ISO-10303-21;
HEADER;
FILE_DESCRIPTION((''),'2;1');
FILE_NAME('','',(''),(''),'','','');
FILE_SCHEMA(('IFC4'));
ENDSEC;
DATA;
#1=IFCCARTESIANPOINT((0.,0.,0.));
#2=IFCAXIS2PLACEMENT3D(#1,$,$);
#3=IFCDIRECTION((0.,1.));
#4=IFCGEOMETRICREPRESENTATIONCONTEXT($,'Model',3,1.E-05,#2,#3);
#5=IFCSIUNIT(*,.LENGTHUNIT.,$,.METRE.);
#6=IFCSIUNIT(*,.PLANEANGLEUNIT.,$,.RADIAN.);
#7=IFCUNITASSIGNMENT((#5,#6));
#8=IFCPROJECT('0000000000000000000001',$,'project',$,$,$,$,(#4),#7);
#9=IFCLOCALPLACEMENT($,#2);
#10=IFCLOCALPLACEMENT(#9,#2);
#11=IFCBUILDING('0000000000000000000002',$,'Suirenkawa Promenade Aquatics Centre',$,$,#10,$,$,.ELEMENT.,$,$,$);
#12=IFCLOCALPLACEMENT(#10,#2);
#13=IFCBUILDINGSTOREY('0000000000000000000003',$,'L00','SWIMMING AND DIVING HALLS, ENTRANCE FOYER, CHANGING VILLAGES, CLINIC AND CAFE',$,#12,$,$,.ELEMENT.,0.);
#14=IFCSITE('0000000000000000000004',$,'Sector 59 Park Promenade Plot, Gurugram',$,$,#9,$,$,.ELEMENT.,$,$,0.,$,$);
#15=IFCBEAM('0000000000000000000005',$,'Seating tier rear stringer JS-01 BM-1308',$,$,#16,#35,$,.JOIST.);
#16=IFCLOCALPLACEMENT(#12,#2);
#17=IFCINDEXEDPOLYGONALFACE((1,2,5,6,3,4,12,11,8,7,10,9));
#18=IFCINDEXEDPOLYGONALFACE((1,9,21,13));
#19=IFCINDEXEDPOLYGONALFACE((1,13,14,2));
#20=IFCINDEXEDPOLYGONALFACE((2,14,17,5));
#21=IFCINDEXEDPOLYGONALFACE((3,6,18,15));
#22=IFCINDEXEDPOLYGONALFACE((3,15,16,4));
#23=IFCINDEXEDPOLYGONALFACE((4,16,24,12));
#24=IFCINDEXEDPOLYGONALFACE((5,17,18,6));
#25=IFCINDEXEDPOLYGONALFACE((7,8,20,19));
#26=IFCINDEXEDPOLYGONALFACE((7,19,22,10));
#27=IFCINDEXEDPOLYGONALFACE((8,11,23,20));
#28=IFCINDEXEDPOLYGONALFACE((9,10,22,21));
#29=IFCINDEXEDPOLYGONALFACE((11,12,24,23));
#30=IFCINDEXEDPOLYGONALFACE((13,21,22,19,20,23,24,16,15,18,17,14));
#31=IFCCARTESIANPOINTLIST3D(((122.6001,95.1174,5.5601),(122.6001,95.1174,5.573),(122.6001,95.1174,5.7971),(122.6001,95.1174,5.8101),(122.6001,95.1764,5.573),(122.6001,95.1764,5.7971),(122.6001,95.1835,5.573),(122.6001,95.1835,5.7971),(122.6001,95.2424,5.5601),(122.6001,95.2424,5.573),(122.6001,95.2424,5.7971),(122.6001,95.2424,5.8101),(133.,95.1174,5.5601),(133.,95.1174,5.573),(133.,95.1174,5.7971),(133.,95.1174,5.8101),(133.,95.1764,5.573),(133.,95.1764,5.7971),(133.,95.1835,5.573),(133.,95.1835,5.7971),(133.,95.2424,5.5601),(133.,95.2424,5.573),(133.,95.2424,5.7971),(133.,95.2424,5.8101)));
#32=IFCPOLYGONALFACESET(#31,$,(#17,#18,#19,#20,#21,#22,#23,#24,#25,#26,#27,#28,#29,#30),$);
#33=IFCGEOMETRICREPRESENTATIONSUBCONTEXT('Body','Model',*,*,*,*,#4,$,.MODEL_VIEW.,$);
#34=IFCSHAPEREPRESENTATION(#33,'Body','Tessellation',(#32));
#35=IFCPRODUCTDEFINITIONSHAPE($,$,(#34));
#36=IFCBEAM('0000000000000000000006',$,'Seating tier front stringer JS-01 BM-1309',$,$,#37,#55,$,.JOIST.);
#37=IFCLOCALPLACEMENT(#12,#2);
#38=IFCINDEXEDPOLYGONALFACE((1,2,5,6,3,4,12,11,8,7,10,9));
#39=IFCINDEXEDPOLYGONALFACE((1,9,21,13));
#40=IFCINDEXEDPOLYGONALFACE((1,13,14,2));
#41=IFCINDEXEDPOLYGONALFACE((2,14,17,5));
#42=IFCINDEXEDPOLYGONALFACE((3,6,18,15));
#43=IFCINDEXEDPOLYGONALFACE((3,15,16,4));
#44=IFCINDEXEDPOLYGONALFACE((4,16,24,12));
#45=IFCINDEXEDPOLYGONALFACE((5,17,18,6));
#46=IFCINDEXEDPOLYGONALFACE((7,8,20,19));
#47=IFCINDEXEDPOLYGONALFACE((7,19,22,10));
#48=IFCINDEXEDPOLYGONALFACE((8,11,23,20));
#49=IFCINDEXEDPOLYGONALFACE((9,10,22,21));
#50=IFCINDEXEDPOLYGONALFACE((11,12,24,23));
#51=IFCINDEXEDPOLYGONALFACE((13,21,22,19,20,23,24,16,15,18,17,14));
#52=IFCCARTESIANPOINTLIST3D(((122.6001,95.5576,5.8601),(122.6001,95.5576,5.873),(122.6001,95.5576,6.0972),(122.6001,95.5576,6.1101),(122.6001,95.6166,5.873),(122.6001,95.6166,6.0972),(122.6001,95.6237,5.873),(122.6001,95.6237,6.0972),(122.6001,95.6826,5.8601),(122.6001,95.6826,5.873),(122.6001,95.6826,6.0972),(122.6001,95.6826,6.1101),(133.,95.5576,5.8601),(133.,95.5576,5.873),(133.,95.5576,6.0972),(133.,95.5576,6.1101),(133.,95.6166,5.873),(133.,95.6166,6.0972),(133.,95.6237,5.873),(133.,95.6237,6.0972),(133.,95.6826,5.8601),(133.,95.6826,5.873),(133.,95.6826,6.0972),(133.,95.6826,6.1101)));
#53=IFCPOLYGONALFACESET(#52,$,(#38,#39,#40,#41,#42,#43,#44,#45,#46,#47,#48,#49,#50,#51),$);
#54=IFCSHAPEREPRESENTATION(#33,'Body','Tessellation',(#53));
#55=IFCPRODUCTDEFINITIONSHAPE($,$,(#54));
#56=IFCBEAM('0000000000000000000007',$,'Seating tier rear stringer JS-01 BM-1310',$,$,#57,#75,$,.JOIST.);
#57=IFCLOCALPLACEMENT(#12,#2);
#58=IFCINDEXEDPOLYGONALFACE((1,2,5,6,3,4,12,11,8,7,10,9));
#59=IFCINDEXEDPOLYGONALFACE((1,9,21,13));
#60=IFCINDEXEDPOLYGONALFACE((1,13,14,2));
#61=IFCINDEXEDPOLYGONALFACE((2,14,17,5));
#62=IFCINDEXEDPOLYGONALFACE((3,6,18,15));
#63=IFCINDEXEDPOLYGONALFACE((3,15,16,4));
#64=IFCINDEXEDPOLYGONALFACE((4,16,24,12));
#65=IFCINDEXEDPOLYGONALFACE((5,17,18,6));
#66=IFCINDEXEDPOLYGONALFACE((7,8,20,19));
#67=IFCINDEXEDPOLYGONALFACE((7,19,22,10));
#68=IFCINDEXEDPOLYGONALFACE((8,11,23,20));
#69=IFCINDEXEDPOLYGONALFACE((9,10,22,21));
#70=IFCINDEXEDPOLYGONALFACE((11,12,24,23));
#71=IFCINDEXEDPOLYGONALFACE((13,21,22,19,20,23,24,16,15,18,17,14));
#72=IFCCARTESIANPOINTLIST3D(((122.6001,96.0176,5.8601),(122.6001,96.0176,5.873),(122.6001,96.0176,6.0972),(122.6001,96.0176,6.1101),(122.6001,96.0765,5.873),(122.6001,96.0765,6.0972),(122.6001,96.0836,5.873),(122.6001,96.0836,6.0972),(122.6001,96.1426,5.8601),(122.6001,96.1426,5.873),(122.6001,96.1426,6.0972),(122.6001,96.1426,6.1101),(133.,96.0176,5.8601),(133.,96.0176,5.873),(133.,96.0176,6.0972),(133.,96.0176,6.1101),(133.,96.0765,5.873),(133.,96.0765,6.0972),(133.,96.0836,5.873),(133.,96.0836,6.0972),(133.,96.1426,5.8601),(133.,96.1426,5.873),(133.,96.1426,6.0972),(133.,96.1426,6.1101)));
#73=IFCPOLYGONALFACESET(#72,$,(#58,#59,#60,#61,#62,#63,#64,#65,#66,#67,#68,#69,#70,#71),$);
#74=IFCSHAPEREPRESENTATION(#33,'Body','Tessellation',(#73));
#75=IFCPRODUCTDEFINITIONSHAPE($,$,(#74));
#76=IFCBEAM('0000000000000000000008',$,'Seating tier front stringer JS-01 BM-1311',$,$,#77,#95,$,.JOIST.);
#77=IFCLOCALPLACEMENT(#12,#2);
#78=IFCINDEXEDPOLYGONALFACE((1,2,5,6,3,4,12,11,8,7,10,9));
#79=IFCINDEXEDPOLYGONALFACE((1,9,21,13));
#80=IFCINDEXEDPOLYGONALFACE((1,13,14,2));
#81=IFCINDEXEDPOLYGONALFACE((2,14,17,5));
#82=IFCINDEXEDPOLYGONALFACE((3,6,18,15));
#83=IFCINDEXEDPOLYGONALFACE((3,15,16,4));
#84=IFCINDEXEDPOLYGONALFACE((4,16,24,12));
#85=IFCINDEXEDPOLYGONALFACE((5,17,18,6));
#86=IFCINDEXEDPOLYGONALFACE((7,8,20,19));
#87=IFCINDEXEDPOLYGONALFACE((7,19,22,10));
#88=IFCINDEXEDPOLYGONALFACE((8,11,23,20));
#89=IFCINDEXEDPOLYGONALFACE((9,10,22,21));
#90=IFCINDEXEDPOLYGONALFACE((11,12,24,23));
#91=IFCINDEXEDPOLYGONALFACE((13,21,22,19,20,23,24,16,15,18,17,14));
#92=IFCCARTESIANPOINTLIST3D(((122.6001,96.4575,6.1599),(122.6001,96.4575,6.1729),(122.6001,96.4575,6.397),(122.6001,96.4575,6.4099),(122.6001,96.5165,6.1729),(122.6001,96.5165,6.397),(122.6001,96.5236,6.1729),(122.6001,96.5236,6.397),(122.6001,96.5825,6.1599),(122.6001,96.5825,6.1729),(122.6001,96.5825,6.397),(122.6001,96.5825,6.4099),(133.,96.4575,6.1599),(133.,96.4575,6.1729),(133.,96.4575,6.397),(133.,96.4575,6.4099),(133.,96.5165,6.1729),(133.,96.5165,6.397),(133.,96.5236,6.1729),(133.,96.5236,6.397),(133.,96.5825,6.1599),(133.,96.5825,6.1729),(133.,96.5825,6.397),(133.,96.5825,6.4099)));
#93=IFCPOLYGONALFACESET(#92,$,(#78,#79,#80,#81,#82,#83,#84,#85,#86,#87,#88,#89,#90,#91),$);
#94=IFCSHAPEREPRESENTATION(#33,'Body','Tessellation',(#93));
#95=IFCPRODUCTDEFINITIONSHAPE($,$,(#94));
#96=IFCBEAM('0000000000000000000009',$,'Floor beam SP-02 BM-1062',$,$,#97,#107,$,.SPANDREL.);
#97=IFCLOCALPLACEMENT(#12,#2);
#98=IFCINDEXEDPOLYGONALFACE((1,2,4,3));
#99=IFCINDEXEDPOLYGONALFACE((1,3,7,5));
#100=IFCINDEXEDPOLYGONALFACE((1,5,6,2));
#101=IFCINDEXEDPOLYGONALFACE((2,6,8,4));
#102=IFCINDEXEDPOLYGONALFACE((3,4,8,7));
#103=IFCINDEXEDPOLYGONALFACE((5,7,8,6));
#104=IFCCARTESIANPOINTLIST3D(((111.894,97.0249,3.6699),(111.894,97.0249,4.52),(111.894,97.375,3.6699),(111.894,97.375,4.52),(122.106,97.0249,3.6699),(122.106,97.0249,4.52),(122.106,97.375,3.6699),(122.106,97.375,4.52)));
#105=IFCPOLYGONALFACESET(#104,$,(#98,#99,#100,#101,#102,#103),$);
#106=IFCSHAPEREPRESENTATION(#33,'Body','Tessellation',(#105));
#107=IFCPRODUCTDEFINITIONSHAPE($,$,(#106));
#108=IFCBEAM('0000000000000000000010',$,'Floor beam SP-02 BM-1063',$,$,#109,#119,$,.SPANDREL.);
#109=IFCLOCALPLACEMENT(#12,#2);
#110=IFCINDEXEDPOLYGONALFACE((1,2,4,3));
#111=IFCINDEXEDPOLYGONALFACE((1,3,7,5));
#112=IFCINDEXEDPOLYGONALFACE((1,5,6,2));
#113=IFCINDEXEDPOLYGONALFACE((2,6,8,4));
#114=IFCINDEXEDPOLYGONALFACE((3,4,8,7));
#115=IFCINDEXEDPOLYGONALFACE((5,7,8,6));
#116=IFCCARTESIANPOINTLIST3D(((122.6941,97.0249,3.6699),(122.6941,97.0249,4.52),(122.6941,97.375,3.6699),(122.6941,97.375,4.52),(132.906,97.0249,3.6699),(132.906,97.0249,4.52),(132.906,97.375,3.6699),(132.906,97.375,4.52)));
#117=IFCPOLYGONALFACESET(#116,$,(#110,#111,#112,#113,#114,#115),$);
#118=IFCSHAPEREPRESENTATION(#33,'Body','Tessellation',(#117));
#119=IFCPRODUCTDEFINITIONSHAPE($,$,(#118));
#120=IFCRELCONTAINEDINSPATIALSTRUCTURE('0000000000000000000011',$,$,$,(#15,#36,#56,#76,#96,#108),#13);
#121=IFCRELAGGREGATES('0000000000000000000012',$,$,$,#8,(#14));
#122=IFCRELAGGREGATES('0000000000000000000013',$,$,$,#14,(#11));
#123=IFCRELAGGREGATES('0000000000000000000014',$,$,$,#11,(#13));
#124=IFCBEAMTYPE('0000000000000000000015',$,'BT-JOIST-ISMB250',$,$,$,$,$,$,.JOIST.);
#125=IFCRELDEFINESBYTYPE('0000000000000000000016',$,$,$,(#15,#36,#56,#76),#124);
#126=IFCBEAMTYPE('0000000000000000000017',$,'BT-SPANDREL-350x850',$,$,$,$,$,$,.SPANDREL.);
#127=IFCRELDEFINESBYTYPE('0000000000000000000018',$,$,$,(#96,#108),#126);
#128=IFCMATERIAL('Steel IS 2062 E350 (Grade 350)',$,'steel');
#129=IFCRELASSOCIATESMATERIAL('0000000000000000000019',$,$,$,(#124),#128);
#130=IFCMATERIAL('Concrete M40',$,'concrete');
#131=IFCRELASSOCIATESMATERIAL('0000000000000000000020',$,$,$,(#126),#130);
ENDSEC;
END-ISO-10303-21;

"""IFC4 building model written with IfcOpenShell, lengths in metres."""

from ifc_helpers import new_model, si_unit, direction, frame, origin, origin_2d, place, context, subcontext, project, spatial, rectangle, i_section, extrude, material, material_profile, profile_set, type_object, element, save


model = new_model("IFC4")

# Units and contexts
model_context = context("Model", 3, precision=1e-05, world=origin(), true_north=direction((0.0, 1.0)))
body_context = subcontext(model_context, "Body", "Model", "MODEL_VIEW")
ifc_project = project(units=[si_unit("LENGTHUNIT", "METRE"), si_unit("PLANEANGLEUNIT", "RADIAN")], contexts=[model_context])

# Site, building, storey
site_placement = place(None, origin())
site = spatial("IfcSite", under=ifc_project, at=site_placement, Name="Sector 59 Park Promenade Plot, Gurugram", CompositionType="ELEMENT", RefElevation=0.0)
building_placement = place(site_placement, origin())
building = spatial("IfcBuilding", under=site, at=building_placement, Name="Suirenkawa Promenade Aquatics Centre", CompositionType="ELEMENT")
storey_placement = place(building_placement, origin())
storey = spatial("IfcBuildingStorey", under=building, at=storey_placement, Name="L00", Description="SWIMMING AND DIVING HALLS, ENTRANCE FOYER, CHANGING VILLAGES, CLINIC AND CAFE", CompositionType="ELEMENT", Elevation=0.0)

# Shared definitions
ifc_material_1 = material(Name="Concrete M40", Category="concrete")

# Beams
ifc_material_2 = material(Name="Steel IS 2062 E350 (Grade 350)", Category="steel")
ifc_material_profile_1 = material_profile(ifc_material_2, i_section(OverallWidth=0.125, OverallDepth=0.25, WebThickness=0.0071, FlangeThickness=0.0129, at=origin_2d()), Name="ISMB 250", Category="steel")
ifc_profile_set_1 = profile_set([ifc_material_profile_1], Name="Steel IS 2062 E350 (Grade 350)")
beam_type_1 = type_object("IfcBeamType", Name="BT-JOIST-ISMB250", PredefinedType="JOIST", material=ifc_profile_set_1)
for number, where, z_axis, x_axis, name in (
    (1, (122.6001, 95.1799, 5.6851), (1.0, 0.0, 0.0), (0.0, 1.0, 0.0), "Seating tier rear stringer JS-01 BM-1308"),
    (2, (122.6001, 95.6201, 5.9851), (1.0, 0.0, 0.0), (0.0, 1.0, 0.0), "Seating tier front stringer JS-01 BM-1309"),
    (3, (122.6001, 96.0801, 5.9851), (1.0, 0.0, 0.0), (0.0, 1.0, 0.0), "Seating tier rear stringer JS-01 BM-1310"),
    (4, (122.6001, 96.52, 6.2849), (1.0, 0.0, 0.0), (0.0, 1.0, 0.0), "Seating tier front stringer JS-01 BM-1311"),
):
    element("IfcBeam", number, at=place(storey_placement, frame(where, z_axis=z_axis, x_axis=x_axis)), inside=storey, type_object=beam_type_1, Name=name, PredefinedType="JOIST", context=body_context, shape_type="SweptSolid", body=[
        extrude(i_section(OverallWidth=0.125, OverallDepth=0.25, WebThickness=0.0071, FlangeThickness=0.0129, at=origin_2d()), origin(), (0.0, 0.0, 1.0), 10.3999),
    ])
ifc_material_profile_2 = material_profile(ifc_material_1, rectangle(XDim=0.3501, YDim=0.8501, at=origin_2d()), Name="RC SPANDREL 350x850", Category="concrete")
ifc_profile_set_2 = profile_set([ifc_material_profile_2], Name="Concrete M40")
beam_type_2 = type_object("IfcBeamType", Name="BT-SPANDREL-350x850", PredefinedType="SPANDREL", material=ifc_profile_set_2)
for number, where, z_axis, x_axis, name in (
    (5, (111.894, 97.2, 4.095), (1.0, 0.0, 0.0), (0.0, 1.0, 0.0), "Floor beam SP-02 BM-1062"),
    (6, (122.6941, 97.2, 4.095), (1.0, 0.0, 0.0), (0.0, 1.0, 0.0), "Floor beam SP-02 BM-1063"),
):
    element("IfcBeam", number, at=place(storey_placement, frame(where, z_axis=z_axis, x_axis=x_axis)), inside=storey, type_object=beam_type_2, Name=name, PredefinedType="SPANDREL", context=body_context, shape_type="SweptSolid", body=[
        extrude(rectangle(XDim=0.3501, YDim=0.8501, at=origin_2d()), origin(), (0.0, 0.0, 1.0), 10.2119),
    ])

save(model, "model.ifc")
